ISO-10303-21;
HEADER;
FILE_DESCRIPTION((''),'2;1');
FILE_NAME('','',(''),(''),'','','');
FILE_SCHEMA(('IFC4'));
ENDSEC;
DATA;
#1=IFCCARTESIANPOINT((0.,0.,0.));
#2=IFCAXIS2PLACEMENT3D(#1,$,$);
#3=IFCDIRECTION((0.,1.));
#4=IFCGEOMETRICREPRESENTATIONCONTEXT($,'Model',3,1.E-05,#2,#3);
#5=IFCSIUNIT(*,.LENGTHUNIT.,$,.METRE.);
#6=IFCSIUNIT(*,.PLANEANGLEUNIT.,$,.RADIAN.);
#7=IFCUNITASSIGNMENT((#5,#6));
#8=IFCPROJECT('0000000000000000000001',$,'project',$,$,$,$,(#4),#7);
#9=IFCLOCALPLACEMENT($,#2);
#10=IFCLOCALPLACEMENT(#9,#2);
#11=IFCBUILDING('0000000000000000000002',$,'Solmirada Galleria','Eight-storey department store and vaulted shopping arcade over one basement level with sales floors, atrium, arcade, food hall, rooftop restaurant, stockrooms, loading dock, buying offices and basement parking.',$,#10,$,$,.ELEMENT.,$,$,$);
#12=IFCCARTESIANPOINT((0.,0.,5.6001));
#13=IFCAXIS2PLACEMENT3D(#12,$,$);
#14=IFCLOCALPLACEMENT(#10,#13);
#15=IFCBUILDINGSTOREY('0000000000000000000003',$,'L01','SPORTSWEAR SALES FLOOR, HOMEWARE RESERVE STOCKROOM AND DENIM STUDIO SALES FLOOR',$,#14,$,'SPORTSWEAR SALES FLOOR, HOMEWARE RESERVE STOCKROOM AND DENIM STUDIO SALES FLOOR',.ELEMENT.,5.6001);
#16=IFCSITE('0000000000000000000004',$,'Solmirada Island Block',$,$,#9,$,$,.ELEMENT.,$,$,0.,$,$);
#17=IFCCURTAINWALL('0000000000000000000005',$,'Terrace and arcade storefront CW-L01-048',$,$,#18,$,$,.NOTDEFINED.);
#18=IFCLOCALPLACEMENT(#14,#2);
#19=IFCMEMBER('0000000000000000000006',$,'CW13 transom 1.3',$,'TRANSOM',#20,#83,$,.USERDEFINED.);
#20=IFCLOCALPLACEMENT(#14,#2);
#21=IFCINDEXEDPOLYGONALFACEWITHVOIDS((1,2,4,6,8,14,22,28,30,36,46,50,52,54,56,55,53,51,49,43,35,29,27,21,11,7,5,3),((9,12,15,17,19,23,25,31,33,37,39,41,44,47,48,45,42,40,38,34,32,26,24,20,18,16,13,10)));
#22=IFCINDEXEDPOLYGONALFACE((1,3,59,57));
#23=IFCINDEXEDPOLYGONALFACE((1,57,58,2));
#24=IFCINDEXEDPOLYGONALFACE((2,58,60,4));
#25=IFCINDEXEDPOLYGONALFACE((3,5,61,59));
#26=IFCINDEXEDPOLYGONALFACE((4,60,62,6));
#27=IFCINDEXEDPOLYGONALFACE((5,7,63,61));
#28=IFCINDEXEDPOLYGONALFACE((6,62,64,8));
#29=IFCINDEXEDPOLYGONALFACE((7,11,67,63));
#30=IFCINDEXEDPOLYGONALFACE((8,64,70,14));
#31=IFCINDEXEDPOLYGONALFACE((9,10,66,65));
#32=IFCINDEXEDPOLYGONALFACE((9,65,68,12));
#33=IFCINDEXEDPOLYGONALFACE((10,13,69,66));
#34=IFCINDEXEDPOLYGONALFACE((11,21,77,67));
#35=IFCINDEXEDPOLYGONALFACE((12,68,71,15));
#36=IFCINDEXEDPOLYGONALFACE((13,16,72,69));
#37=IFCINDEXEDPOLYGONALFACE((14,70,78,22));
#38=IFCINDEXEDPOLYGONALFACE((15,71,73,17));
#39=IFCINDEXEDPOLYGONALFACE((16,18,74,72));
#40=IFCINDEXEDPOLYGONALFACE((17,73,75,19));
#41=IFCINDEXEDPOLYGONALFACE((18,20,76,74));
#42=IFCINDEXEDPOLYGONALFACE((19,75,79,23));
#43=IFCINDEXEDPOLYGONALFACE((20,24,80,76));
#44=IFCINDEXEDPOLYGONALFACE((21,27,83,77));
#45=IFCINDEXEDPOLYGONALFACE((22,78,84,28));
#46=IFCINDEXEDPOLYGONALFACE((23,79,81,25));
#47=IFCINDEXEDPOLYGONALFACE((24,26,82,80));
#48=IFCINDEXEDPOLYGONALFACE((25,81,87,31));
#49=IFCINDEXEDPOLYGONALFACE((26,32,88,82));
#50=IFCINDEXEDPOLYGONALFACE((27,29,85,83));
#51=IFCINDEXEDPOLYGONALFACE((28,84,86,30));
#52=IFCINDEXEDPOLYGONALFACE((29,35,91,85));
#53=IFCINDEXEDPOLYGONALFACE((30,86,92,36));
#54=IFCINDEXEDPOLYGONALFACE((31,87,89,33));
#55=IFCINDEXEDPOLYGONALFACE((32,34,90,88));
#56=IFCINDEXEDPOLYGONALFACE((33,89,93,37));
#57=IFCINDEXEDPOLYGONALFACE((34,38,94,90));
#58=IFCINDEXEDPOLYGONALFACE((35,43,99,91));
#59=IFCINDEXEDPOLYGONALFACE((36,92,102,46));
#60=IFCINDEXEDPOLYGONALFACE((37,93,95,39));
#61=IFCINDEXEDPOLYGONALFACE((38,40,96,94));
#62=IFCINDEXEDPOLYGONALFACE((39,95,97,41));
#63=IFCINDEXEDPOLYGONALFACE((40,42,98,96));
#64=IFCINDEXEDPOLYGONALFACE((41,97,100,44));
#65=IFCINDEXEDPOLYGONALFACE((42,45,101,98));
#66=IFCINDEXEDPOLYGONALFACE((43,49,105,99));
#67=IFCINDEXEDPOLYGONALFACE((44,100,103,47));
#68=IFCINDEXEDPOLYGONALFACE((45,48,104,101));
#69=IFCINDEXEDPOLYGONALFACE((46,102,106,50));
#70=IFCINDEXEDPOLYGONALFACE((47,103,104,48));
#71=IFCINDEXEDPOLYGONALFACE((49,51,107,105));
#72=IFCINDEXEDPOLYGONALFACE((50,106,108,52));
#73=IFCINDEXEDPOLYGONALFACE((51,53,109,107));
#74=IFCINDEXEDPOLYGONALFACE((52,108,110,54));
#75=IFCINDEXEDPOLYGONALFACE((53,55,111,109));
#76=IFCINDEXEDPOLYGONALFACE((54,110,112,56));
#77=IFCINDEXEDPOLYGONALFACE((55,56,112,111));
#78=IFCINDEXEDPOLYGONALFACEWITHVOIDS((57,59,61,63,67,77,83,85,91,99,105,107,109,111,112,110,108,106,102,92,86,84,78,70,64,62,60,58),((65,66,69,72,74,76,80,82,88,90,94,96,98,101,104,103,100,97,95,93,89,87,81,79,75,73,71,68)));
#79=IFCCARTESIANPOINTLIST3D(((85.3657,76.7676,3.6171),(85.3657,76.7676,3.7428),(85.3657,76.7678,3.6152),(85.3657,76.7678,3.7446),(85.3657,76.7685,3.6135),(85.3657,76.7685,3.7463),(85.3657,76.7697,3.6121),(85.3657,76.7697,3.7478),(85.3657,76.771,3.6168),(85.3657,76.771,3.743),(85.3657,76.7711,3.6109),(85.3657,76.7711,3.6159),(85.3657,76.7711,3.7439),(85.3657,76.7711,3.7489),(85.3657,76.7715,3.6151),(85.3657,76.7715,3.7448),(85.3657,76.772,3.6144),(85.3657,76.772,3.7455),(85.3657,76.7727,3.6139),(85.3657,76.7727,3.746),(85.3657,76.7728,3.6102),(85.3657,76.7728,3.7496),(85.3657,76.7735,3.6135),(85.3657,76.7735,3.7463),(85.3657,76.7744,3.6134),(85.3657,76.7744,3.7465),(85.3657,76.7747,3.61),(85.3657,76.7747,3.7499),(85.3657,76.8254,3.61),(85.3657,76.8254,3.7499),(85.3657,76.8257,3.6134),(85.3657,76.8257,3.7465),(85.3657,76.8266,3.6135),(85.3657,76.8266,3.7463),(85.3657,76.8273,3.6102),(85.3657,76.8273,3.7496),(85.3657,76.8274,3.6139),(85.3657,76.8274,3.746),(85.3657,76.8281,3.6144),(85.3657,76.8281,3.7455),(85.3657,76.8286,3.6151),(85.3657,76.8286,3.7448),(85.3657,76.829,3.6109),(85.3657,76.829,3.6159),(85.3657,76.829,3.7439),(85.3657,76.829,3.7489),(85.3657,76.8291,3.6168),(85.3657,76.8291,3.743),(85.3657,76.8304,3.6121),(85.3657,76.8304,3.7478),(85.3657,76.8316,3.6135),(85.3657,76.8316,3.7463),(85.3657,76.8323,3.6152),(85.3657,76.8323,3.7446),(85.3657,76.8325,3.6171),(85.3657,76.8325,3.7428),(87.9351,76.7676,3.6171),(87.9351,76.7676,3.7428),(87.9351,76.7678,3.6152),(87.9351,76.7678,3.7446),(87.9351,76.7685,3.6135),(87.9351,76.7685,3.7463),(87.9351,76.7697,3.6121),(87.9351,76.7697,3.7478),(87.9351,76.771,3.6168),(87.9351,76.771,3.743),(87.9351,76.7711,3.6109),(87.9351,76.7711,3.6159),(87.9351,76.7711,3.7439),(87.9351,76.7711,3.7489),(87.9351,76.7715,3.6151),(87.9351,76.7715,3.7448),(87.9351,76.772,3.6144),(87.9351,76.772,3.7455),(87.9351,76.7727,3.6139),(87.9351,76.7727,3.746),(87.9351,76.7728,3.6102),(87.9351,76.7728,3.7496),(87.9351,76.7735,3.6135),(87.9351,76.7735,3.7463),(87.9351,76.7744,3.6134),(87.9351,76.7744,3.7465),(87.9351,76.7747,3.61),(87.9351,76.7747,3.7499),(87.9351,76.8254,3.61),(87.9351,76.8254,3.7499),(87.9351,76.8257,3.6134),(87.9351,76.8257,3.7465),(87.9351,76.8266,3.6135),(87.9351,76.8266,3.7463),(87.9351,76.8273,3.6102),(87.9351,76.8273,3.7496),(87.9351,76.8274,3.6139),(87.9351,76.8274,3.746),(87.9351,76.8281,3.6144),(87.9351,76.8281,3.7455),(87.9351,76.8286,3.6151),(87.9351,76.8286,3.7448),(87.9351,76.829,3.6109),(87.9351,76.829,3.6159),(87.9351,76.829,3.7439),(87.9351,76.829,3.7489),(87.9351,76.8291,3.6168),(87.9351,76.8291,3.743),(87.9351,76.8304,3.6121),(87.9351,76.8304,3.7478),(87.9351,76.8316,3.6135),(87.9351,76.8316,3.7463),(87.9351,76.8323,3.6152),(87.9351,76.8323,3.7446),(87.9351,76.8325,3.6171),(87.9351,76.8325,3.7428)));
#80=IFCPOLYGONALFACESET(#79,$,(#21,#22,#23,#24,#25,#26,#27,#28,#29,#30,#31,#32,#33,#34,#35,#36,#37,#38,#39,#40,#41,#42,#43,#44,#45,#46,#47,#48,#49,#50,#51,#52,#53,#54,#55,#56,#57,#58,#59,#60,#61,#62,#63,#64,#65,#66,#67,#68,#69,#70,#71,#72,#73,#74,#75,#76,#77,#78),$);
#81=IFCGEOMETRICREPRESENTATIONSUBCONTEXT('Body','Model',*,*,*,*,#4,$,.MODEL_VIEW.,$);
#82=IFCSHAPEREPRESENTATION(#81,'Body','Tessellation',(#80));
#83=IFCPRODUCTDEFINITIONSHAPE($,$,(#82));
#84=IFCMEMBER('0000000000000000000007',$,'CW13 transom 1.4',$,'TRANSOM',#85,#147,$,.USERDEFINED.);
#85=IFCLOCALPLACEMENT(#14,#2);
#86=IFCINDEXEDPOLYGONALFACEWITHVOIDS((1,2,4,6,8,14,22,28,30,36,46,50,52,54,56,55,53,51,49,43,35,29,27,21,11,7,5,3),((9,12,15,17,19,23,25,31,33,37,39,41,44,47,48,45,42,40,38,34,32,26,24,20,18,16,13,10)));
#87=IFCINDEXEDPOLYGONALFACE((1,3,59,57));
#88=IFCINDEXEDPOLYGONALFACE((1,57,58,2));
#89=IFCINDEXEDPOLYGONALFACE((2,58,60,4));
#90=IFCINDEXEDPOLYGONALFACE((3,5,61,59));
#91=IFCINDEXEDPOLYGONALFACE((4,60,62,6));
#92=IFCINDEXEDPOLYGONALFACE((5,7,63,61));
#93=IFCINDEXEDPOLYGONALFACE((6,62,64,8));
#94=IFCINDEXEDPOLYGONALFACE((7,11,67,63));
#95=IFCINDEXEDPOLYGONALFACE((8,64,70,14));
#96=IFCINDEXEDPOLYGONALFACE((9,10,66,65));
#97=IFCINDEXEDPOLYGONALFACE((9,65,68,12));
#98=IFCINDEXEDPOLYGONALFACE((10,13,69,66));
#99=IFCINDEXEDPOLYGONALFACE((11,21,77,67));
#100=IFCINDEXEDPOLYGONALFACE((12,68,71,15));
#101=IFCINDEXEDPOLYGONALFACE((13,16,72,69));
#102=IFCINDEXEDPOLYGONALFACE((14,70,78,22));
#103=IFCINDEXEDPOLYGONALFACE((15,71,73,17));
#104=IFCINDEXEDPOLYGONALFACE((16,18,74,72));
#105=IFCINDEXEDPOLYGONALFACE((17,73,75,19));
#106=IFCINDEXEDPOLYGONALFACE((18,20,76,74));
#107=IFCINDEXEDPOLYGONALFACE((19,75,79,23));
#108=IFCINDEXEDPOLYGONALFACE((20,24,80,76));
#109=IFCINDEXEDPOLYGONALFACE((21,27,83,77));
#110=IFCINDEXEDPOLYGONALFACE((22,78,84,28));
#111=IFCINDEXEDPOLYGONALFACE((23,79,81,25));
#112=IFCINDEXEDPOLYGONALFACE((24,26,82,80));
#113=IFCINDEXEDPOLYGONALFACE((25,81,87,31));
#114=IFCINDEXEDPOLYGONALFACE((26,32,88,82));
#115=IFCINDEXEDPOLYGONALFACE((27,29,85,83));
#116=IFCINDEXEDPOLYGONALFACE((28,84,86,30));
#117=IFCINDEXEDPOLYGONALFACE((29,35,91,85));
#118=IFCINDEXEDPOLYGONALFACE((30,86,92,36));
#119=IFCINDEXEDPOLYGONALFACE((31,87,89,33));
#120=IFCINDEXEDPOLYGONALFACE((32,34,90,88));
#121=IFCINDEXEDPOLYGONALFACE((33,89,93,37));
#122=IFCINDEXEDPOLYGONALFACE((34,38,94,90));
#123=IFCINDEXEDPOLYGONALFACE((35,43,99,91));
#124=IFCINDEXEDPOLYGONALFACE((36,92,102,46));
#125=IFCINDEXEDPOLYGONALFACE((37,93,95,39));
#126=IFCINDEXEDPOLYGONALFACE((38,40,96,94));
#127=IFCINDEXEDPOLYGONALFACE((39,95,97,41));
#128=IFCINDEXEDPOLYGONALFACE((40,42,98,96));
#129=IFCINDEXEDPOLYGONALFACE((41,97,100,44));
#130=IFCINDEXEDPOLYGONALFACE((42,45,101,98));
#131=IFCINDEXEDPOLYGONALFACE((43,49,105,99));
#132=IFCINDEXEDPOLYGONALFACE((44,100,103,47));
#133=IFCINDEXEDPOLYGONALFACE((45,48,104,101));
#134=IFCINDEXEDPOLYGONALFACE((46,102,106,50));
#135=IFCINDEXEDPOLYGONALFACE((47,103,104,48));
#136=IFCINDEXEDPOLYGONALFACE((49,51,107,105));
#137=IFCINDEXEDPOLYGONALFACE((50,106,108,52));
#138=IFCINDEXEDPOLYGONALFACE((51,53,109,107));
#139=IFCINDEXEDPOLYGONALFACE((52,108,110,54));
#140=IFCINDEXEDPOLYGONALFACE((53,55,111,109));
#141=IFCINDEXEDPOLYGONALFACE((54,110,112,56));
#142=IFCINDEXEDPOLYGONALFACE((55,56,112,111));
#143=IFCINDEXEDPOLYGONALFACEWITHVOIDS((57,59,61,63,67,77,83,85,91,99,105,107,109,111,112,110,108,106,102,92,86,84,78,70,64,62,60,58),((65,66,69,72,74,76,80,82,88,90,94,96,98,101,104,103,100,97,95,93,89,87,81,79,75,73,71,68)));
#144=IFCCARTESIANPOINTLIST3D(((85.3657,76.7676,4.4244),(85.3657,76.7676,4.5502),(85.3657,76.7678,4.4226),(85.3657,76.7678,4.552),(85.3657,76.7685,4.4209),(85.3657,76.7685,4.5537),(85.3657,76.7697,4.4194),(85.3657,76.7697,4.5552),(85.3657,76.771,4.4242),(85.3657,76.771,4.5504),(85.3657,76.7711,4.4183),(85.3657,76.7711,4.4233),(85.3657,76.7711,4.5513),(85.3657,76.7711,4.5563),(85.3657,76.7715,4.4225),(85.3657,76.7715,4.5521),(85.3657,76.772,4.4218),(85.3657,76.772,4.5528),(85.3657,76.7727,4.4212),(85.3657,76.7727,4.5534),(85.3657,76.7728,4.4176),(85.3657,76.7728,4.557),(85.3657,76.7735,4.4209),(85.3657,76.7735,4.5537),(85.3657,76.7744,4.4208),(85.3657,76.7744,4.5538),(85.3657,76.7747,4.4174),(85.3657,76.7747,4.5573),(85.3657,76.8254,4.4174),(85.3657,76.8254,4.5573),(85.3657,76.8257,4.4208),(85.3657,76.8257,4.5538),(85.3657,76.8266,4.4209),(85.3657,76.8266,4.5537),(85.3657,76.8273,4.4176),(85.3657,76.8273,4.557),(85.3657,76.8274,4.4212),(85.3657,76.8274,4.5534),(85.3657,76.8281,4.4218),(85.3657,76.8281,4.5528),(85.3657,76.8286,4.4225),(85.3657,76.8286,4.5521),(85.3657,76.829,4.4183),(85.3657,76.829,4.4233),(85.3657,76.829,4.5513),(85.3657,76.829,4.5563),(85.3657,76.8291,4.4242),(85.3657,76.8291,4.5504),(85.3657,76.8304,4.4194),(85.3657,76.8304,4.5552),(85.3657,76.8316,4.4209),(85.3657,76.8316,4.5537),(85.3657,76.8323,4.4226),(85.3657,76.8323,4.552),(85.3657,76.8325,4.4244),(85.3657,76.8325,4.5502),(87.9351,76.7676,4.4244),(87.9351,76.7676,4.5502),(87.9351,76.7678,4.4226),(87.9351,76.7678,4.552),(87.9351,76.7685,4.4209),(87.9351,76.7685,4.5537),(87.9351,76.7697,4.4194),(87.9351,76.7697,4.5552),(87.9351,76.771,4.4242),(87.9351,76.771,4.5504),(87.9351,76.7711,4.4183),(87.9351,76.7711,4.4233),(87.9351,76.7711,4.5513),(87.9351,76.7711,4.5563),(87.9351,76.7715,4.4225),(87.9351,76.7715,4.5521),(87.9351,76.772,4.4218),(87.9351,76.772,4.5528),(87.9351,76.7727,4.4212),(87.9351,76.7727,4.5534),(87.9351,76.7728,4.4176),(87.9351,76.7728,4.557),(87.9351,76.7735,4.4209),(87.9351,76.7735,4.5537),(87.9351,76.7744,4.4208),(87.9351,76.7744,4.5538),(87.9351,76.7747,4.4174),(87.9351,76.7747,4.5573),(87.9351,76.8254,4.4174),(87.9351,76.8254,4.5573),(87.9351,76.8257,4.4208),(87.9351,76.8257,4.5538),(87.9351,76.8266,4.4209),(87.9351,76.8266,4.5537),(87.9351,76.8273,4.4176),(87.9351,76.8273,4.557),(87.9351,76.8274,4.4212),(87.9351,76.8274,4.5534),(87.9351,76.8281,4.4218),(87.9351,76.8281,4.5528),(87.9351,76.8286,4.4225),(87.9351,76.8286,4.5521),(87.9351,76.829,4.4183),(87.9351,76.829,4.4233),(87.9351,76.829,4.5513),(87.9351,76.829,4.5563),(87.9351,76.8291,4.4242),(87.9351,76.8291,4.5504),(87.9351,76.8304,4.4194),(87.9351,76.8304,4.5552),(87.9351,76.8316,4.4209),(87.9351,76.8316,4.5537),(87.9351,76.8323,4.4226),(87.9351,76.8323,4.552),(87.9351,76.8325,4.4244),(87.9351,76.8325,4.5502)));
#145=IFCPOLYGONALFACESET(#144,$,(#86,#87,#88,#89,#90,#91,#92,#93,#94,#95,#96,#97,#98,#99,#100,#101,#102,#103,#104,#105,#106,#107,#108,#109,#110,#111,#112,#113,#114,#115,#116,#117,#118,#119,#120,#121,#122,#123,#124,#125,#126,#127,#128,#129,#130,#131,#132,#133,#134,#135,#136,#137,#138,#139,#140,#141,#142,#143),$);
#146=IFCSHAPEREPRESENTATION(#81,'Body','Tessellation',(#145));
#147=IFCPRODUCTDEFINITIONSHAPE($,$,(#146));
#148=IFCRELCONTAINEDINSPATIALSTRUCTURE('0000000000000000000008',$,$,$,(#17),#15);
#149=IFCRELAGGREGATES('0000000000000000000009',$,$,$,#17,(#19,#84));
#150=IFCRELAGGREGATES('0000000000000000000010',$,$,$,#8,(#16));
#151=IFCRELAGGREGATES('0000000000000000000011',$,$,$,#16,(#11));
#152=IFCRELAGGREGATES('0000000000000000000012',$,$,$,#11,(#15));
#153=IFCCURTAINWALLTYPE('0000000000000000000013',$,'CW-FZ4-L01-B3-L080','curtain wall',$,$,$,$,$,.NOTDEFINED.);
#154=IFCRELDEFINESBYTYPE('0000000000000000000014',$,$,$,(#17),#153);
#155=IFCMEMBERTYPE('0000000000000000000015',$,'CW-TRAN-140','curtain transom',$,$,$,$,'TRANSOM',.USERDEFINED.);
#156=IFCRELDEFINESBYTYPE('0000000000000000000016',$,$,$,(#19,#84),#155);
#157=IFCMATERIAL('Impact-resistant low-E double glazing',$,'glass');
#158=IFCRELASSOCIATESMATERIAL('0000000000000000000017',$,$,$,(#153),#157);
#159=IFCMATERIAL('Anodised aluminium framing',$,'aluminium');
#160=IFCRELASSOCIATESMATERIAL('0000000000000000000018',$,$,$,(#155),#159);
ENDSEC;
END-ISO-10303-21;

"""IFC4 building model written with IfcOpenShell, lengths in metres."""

from ifc_helpers import new_model, si_unit, direction, frame, origin, origin_2d, place, context, subcontext, project, spatial, hollow_rectangle, extrude, material, material_profile, profile_set, type_object, element, aggregate, save


model = new_model("IFC4")

# Units and contexts
model_context = context("Model", 3, precision=1e-05, world=origin(), true_north=direction((0.0, 1.0)))
body_context = subcontext(model_context, "Body", "Model", "MODEL_VIEW")
ifc_project = project(units=[si_unit("LENGTHUNIT", "METRE"), si_unit("PLANEANGLEUNIT", "RADIAN")], contexts=[model_context])

# Site, building, storey
site_placement = place(None, origin())
site = spatial("IfcSite", under=ifc_project, at=site_placement, Name="Solmirada Island Block", CompositionType="ELEMENT", RefElevation=0.0)
building_placement = place(site_placement, origin())
building = spatial("IfcBuilding", under=site, at=building_placement, Name="Solmirada Galleria", Description="Eight-storey department store and vaulted shopping arcade over one basement level with sales floors, atrium, arcade, food hall, rooftop restaurant, stockrooms, loading dock, buying offices and basement parking.", CompositionType="ELEMENT")
storey_placement = place(building_placement, frame((0.0, 0.0, 5.6001)))
storey = spatial("IfcBuildingStorey", under=building, at=storey_placement, Name="L01", Description="SPORTSWEAR SALES FLOOR, HOMEWARE RESERVE STOCKROOM AND DENIM STUDIO SALES FLOOR", LongName="SPORTSWEAR SALES FLOOR, HOMEWARE RESERVE STOCKROOM AND DENIM STUDIO SALES FLOOR", CompositionType="ELEMENT", Elevation=5.6001)

# Curtain wall, members
ifc_material_1 = material(Name="Impact-resistant low-E double glazing", Category="glass")
curtain_wall_type = type_object("IfcCurtainWallType", Name="CW-FZ4-L01-B3-L080", Description="curtain wall", PredefinedType="NOTDEFINED", material=ifc_material_1)
curtain_wall_placement = place(storey_placement, origin())
curtain_wall = element("IfcCurtainWall", 1, at=curtain_wall_placement, inside=storey, type_object=curtain_wall_type, Name="Terrace and arcade storefront CW-L01-048", PredefinedType="NOTDEFINED")
ifc_material_2 = material(Name="Anodised aluminium framing", Category="aluminium")
ifc_material_profile_1 = material_profile(ifc_material_2, hollow_rectangle(XDim=0.0649, YDim=0.1399, WallThickness=0.0034, InnerFilletRadius=0.0034, OuterFilletRadius=0.0071, at=origin_2d()), Name="ALU-TRAN-140X65")
ifc_profile_set_1 = profile_set([ifc_material_profile_1], Name="Anodised aluminium framing")
member_type_1 = type_object("IfcMemberType", Name="CW-TRAN-140", Description="curtain transom", ElementType="TRANSOM", PredefinedType="USERDEFINED", material=ifc_profile_set_1)
member_1_placement = place(storey_placement, frame((87.9351, 76.8, 3.6799), z_axis=(-1.0, 0.0, 0.0), x_axis=(0.0, -1.0, 0.0)))
member_1 = element("IfcMember", 2, at=member_1_placement, type_object=member_type_1, Name="CW13 transom 1.3", ObjectType="TRANSOM", PredefinedType="USERDEFINED", context=body_context, shape_type="SweptSolid", body=[
    extrude(hollow_rectangle(XDim=0.0649, YDim=0.1399, WallThickness=0.0034, InnerFilletRadius=0.0034, OuterFilletRadius=0.0071, at=origin_2d()), origin(), (0.0, 0.0, 1.0), 2.5693),
])
member_2_placement = place(storey_placement, frame((87.9351, 76.8, 4.4873), z_axis=(-1.0, 0.0, 0.0), x_axis=(0.0, -1.0, 0.0)))
member_2 = element("IfcMember", 3, at=member_2_placement, type_object=member_type_1, Name="CW13 transom 1.4", ObjectType="TRANSOM", PredefinedType="USERDEFINED", context=body_context, shape_type="SweptSolid", body=[
    extrude(hollow_rectangle(XDim=0.0649, YDim=0.1399, WallThickness=0.0034, InnerFilletRadius=0.0034, OuterFilletRadius=0.0071, at=origin_2d()), origin(), (0.0, 0.0, 1.0), 2.5693),
])
aggregate(curtain_wall, [member_1, member_2])

save(model, "model.ifc")
